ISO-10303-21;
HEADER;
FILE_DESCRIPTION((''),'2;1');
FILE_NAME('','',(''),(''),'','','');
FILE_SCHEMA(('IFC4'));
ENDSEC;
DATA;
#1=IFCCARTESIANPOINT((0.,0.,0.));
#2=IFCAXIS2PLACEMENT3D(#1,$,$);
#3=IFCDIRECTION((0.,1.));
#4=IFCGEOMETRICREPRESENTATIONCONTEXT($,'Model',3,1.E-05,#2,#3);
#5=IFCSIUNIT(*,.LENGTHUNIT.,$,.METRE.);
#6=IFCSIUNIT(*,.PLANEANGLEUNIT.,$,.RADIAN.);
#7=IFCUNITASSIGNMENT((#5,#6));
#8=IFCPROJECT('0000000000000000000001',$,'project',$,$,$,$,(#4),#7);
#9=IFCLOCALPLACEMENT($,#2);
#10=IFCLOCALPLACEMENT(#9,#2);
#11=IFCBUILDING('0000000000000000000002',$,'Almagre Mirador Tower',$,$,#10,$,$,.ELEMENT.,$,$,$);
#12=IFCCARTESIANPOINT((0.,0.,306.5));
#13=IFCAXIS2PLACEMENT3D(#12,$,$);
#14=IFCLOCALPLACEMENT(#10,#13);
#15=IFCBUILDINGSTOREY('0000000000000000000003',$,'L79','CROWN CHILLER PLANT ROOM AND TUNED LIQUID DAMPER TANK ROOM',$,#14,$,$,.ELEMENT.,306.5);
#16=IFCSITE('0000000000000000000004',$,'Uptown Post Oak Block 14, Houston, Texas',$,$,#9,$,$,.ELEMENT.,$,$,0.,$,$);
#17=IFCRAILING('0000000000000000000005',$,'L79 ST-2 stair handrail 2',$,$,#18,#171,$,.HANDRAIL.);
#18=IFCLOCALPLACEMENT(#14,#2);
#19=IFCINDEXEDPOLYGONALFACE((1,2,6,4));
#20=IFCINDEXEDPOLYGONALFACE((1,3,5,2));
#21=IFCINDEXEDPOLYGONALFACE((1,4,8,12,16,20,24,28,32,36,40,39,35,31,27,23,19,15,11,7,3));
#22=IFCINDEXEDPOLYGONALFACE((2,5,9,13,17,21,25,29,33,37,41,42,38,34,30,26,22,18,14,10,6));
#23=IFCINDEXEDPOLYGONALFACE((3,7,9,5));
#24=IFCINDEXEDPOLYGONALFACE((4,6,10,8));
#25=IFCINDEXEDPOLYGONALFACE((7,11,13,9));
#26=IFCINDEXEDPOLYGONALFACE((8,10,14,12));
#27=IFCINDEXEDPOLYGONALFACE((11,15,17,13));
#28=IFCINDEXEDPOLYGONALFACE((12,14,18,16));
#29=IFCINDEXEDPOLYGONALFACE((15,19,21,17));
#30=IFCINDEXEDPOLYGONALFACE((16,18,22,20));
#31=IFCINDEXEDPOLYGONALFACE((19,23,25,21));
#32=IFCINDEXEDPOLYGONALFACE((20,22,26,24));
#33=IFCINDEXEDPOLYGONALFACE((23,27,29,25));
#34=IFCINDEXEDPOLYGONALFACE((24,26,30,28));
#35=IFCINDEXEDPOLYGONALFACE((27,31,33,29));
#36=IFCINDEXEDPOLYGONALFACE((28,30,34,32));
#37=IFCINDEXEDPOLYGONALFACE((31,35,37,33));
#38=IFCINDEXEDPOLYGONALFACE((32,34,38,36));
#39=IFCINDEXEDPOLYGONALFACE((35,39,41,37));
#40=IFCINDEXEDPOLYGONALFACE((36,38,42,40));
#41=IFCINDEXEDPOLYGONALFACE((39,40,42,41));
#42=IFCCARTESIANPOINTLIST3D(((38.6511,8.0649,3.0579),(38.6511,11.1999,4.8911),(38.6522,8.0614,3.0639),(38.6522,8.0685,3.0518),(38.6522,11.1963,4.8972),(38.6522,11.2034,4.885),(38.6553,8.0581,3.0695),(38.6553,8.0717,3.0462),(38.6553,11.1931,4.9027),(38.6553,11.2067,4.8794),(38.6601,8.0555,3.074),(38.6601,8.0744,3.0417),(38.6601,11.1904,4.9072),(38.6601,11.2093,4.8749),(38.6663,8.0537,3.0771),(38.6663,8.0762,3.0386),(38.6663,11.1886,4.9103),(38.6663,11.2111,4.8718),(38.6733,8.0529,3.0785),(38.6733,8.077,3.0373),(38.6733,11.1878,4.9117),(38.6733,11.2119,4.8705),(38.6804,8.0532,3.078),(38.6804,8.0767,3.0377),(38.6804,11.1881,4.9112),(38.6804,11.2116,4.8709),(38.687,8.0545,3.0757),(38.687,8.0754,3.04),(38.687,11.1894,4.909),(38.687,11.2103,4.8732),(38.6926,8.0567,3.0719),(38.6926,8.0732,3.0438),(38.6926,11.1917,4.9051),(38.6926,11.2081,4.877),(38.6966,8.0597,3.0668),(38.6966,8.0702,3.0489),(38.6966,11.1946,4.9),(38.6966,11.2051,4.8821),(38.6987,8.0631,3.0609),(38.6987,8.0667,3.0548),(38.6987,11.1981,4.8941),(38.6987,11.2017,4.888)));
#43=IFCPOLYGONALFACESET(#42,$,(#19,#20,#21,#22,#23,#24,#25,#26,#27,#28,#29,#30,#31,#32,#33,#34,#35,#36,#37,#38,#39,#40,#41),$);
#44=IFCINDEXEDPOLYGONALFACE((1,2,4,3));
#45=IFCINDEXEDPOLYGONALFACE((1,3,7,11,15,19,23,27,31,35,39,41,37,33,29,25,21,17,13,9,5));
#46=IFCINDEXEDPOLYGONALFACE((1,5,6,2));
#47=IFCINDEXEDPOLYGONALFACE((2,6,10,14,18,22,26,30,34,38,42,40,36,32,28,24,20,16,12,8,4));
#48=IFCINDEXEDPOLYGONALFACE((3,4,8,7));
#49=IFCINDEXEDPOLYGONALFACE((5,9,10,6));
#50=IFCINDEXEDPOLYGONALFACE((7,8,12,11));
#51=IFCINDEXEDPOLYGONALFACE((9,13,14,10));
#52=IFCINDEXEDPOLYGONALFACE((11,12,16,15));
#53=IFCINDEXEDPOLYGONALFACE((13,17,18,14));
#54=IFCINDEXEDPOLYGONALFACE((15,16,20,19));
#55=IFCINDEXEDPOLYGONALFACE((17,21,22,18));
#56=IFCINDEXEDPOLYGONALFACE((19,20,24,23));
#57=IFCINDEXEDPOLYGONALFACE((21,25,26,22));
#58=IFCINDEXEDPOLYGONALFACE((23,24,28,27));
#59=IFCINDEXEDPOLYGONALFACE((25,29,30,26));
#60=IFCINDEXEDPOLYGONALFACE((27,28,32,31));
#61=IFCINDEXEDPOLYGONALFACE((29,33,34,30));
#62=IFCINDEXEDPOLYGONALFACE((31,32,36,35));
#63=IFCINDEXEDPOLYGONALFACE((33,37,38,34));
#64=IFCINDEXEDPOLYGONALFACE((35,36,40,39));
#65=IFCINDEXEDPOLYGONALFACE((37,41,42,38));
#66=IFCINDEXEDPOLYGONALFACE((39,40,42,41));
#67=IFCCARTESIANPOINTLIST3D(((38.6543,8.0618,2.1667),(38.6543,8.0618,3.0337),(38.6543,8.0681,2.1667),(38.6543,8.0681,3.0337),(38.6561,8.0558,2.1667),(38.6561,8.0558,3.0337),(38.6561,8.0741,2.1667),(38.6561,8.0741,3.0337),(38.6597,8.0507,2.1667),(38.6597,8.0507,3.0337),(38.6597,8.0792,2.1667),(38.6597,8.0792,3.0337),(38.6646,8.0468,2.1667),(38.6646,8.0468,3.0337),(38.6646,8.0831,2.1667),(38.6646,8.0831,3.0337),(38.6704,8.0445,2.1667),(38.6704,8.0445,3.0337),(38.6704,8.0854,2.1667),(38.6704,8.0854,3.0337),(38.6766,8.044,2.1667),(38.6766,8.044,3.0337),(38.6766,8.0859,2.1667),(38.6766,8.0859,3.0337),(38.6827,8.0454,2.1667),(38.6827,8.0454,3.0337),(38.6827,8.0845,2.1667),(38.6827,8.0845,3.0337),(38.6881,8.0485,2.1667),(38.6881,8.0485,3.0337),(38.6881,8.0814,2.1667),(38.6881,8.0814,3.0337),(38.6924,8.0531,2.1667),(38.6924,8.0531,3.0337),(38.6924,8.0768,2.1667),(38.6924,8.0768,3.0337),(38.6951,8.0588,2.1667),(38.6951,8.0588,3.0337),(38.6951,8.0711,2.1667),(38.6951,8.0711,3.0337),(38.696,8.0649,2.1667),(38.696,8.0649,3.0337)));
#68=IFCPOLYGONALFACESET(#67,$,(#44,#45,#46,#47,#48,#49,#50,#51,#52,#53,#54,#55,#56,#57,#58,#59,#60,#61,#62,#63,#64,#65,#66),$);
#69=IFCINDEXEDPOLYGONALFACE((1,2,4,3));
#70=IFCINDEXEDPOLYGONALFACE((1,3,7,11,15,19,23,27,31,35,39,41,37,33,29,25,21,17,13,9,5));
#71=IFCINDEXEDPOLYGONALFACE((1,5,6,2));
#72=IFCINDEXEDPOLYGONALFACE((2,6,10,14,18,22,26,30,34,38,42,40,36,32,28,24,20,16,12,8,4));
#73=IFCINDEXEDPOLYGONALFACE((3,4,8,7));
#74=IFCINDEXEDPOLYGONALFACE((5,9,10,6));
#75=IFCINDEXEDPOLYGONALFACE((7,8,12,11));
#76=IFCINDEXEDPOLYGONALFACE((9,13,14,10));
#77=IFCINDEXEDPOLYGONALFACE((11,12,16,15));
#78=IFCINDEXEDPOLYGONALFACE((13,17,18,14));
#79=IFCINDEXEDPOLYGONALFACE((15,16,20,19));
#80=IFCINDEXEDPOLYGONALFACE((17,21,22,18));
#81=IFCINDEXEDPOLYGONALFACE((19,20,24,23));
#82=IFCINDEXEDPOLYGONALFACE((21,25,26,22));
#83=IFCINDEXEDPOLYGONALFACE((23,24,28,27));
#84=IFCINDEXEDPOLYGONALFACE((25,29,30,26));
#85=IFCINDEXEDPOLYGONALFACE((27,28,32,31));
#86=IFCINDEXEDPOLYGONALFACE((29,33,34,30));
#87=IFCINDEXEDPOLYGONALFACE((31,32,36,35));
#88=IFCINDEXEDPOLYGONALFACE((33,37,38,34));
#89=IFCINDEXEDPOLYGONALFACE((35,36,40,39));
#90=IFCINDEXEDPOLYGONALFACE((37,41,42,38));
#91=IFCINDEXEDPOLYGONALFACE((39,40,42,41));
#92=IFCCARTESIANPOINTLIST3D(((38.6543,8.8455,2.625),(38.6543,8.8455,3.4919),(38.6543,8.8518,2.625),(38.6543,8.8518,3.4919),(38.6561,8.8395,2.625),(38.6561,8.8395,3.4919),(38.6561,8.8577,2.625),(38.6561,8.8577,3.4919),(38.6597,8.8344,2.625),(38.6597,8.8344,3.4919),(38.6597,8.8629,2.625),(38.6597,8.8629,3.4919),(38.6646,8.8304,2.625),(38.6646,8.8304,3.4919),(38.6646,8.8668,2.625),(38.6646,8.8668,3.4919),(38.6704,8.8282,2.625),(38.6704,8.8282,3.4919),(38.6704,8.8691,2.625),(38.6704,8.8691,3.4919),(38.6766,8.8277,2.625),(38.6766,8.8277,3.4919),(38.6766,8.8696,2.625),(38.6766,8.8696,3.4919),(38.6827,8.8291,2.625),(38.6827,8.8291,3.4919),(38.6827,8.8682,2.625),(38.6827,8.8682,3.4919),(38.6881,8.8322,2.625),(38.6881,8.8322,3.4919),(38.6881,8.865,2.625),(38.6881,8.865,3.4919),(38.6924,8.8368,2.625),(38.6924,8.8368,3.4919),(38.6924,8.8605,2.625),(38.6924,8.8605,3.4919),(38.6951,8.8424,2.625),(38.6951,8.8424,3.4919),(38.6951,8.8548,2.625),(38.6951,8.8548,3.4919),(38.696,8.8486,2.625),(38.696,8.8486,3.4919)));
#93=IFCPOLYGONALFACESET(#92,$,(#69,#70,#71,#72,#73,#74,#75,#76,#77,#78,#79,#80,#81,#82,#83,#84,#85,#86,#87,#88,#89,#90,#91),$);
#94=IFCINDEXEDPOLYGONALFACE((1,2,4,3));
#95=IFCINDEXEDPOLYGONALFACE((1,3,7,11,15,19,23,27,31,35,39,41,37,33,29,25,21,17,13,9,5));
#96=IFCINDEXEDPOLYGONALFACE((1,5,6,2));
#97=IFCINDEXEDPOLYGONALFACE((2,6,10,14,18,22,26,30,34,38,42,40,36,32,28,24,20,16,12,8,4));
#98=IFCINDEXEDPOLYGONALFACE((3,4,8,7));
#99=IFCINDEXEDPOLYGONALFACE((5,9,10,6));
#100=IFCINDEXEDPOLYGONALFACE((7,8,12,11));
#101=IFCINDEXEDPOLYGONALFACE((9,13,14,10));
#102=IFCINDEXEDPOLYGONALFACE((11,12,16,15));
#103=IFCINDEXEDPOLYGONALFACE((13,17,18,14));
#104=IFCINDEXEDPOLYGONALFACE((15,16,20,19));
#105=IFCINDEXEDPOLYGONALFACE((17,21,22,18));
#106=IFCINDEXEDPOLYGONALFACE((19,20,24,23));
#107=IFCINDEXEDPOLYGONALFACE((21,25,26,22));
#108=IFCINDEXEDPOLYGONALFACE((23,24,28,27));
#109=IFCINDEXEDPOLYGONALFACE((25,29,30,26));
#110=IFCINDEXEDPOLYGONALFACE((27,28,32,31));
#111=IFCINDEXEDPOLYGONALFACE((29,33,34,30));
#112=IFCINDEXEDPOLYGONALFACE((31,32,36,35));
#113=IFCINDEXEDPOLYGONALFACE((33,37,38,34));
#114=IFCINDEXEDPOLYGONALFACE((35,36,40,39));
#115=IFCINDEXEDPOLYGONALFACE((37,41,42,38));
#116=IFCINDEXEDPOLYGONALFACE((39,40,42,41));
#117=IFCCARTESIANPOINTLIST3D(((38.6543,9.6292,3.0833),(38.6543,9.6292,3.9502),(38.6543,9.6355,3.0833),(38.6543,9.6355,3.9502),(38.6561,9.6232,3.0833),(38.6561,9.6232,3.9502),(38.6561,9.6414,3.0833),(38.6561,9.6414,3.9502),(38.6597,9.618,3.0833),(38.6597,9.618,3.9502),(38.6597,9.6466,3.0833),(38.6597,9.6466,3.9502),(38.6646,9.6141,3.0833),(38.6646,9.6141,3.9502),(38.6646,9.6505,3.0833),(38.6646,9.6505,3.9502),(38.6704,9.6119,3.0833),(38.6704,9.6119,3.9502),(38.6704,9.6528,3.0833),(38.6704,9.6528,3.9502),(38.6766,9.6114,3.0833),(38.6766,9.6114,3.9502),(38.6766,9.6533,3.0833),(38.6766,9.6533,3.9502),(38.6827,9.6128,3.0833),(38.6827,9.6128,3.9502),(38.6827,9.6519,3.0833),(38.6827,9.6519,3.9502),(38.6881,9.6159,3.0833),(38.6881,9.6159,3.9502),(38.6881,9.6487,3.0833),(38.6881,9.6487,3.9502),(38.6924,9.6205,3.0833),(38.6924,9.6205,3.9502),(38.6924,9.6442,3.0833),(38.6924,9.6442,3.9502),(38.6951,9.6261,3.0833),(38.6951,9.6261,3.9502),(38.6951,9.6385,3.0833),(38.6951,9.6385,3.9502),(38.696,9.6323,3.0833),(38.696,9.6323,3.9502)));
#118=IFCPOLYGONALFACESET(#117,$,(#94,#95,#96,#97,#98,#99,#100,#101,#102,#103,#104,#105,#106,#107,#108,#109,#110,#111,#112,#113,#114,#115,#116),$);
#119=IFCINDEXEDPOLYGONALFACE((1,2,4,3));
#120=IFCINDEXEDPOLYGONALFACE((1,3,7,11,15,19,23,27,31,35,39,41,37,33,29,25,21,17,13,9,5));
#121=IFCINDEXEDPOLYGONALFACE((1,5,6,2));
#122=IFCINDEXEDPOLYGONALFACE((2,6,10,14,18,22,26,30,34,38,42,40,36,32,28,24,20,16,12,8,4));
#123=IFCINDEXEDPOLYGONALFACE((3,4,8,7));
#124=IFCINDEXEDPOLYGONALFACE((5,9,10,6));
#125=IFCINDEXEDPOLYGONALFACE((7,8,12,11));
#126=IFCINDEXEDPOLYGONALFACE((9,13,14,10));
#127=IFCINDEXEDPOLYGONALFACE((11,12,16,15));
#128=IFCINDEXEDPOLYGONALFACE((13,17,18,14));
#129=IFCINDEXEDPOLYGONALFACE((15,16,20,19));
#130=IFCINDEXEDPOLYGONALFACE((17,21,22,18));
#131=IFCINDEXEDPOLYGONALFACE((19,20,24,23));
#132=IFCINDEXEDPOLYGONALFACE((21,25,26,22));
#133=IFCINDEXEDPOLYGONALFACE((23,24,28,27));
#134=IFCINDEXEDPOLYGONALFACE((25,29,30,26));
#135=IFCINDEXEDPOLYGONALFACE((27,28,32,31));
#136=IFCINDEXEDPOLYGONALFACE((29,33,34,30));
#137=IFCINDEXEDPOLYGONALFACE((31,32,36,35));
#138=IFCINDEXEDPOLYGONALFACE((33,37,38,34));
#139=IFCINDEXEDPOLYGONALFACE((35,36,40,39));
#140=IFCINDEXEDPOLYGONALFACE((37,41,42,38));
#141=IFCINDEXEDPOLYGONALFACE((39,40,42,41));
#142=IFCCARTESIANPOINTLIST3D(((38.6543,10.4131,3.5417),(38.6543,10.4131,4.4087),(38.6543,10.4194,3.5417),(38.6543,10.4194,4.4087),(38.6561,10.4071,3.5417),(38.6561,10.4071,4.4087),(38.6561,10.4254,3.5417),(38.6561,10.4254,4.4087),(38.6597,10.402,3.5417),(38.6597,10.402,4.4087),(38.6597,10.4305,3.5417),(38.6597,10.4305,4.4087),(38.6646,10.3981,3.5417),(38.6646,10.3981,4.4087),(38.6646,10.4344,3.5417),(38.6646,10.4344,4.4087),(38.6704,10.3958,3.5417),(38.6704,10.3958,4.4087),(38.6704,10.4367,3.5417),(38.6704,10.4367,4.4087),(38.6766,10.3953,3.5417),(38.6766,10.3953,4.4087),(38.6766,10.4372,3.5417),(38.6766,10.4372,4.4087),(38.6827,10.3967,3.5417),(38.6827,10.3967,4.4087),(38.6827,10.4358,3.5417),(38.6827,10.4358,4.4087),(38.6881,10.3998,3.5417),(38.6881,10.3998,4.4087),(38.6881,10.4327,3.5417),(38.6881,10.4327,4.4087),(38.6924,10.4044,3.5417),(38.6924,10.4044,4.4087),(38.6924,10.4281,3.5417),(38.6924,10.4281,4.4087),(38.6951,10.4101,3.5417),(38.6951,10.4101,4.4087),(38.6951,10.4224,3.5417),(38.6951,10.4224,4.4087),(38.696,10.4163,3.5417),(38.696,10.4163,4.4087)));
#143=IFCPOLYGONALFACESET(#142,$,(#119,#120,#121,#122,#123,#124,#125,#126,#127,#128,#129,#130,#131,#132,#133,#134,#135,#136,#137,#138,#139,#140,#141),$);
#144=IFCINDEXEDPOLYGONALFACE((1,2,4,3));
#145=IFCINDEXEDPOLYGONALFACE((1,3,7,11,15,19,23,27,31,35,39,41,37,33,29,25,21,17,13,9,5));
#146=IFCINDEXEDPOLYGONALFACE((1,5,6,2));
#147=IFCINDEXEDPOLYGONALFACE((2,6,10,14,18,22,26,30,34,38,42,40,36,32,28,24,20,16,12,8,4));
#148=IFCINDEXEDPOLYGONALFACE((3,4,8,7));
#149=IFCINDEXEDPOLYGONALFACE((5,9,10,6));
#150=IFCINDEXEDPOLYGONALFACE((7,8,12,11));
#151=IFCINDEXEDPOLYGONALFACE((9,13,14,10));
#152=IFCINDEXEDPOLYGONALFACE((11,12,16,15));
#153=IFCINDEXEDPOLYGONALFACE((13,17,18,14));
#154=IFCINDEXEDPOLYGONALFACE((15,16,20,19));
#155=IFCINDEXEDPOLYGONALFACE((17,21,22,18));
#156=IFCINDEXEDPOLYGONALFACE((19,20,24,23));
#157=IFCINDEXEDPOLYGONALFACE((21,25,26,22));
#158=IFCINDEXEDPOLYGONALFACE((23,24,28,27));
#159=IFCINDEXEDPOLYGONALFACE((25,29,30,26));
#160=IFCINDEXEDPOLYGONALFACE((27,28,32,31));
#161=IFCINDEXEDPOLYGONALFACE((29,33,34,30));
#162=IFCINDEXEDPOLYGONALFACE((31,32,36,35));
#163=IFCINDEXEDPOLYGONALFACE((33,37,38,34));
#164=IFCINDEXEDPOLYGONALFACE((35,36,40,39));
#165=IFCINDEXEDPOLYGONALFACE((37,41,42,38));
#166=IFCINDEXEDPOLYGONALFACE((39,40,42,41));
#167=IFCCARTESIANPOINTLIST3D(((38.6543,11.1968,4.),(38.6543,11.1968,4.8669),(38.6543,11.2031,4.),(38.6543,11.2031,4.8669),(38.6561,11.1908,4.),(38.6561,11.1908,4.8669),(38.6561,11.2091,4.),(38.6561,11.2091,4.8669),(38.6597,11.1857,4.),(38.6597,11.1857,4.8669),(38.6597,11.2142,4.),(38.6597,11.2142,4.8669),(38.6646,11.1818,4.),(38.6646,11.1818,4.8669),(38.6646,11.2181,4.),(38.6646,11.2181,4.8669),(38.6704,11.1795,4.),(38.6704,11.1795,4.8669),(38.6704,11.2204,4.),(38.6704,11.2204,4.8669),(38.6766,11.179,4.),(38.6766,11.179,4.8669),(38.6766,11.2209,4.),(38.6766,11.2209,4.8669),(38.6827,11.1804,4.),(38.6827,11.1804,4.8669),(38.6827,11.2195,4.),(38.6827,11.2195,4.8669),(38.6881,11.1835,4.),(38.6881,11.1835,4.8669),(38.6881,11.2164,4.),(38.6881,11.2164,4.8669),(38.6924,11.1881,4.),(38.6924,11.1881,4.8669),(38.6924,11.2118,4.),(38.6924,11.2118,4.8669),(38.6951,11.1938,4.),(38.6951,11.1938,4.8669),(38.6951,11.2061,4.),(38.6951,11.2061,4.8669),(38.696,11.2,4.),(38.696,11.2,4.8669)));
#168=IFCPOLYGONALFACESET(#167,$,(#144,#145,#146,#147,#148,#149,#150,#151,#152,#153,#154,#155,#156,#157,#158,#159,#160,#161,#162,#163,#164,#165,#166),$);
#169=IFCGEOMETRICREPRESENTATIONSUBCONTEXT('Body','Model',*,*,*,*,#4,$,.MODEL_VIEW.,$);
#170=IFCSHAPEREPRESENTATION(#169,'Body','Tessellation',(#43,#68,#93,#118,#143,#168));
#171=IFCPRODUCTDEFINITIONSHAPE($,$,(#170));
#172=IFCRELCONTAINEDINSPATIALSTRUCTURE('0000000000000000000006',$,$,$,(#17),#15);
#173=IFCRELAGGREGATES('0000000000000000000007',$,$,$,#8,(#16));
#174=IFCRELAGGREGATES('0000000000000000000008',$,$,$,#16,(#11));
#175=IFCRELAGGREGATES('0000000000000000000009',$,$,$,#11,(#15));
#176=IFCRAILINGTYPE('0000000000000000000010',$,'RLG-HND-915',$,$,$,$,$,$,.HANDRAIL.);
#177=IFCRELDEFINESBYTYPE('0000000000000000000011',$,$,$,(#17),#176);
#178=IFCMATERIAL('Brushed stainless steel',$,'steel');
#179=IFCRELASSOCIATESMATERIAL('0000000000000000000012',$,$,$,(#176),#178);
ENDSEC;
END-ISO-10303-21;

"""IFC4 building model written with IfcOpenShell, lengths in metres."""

from ifc_helpers import new_model, si_unit, direction, frame, origin, origin_2d, place, context, subcontext, project, spatial, circle, extrude, material, type_object, element, save


model = new_model("IFC4")

# Units and contexts
model_context = context("Model", 3, precision=1e-05, world=origin(), true_north=direction((0.0, 1.0)))
body_context = subcontext(model_context, "Body", "Model", "MODEL_VIEW")
ifc_project = project(units=[si_unit("LENGTHUNIT", "METRE"), si_unit("PLANEANGLEUNIT", "RADIAN")], contexts=[model_context])

# Site, building, storey
site_placement = place(None, origin())
site = spatial("IfcSite", under=ifc_project, at=site_placement, Name="Uptown Post Oak Block 14, Houston, Texas", CompositionType="ELEMENT", RefElevation=0.0)
building_placement = place(site_placement, origin())
building = spatial("IfcBuilding", under=site, at=building_placement, Name="Almagre Mirador Tower", CompositionType="ELEMENT")
storey_placement = place(building_placement, frame((0.0, 0.0, 306.5)))
storey = spatial("IfcBuildingStorey", under=building, at=storey_placement, Name="L79", Description="CROWN CHILLER PLANT ROOM AND TUNED LIQUID DAMPER TANK ROOM", CompositionType="ELEMENT", Elevation=306.5)

# Railing
ifc_material_1 = material(Name="Brushed stainless steel", Category="steel")
railing_type_1 = type_object("IfcRailingType", Name="RLG-HND-915", PredefinedType="HANDRAIL", material=ifc_material_1)
railing_1_placement = place(storey_placement, frame((38.675, 8.0649, 2.1667)))
element("IfcRailing", 1, at=railing_1_placement, inside=storey, type_object=railing_type_1, Name="L79 ST-2 stair handrail 2", PredefinedType="HANDRAIL", context=body_context, shape_type="SweptSolid", body=[
    extrude(circle(Radius=0.0239, at=origin_2d()), frame((0.0, 0.0, 0.8911), z_axis=(0.0, 0.86324, 0.504794), x_axis=(-1.0, 0.0, 0.0)), (0.0, 0.0, 1.0), 3.6316),
    extrude(circle(Radius=0.021, at=origin_2d()), origin(), (0.0, 0.0, 1.0), 0.8669),
    extrude(circle(Radius=0.021, at=origin_2d()), frame((0.0, 0.7837, 0.4583)), (0.0, 0.0, 1.0), 0.8669),
    extrude(circle(Radius=0.021, at=origin_2d()), frame((0.0, 1.5674, 0.9165)), (0.0, 0.0, 1.0), 0.8669),
    extrude(circle(Radius=0.021, at=origin_2d()), frame((0.0, 2.3513, 1.375)), (0.0, 0.0, 1.0), 0.8669),
    extrude(circle(Radius=0.021, at=origin_2d()), frame((0.0, 3.135, 1.8333)), (0.0, 0.0, 1.0), 0.8669),
])

save(model, "model.ifc")
